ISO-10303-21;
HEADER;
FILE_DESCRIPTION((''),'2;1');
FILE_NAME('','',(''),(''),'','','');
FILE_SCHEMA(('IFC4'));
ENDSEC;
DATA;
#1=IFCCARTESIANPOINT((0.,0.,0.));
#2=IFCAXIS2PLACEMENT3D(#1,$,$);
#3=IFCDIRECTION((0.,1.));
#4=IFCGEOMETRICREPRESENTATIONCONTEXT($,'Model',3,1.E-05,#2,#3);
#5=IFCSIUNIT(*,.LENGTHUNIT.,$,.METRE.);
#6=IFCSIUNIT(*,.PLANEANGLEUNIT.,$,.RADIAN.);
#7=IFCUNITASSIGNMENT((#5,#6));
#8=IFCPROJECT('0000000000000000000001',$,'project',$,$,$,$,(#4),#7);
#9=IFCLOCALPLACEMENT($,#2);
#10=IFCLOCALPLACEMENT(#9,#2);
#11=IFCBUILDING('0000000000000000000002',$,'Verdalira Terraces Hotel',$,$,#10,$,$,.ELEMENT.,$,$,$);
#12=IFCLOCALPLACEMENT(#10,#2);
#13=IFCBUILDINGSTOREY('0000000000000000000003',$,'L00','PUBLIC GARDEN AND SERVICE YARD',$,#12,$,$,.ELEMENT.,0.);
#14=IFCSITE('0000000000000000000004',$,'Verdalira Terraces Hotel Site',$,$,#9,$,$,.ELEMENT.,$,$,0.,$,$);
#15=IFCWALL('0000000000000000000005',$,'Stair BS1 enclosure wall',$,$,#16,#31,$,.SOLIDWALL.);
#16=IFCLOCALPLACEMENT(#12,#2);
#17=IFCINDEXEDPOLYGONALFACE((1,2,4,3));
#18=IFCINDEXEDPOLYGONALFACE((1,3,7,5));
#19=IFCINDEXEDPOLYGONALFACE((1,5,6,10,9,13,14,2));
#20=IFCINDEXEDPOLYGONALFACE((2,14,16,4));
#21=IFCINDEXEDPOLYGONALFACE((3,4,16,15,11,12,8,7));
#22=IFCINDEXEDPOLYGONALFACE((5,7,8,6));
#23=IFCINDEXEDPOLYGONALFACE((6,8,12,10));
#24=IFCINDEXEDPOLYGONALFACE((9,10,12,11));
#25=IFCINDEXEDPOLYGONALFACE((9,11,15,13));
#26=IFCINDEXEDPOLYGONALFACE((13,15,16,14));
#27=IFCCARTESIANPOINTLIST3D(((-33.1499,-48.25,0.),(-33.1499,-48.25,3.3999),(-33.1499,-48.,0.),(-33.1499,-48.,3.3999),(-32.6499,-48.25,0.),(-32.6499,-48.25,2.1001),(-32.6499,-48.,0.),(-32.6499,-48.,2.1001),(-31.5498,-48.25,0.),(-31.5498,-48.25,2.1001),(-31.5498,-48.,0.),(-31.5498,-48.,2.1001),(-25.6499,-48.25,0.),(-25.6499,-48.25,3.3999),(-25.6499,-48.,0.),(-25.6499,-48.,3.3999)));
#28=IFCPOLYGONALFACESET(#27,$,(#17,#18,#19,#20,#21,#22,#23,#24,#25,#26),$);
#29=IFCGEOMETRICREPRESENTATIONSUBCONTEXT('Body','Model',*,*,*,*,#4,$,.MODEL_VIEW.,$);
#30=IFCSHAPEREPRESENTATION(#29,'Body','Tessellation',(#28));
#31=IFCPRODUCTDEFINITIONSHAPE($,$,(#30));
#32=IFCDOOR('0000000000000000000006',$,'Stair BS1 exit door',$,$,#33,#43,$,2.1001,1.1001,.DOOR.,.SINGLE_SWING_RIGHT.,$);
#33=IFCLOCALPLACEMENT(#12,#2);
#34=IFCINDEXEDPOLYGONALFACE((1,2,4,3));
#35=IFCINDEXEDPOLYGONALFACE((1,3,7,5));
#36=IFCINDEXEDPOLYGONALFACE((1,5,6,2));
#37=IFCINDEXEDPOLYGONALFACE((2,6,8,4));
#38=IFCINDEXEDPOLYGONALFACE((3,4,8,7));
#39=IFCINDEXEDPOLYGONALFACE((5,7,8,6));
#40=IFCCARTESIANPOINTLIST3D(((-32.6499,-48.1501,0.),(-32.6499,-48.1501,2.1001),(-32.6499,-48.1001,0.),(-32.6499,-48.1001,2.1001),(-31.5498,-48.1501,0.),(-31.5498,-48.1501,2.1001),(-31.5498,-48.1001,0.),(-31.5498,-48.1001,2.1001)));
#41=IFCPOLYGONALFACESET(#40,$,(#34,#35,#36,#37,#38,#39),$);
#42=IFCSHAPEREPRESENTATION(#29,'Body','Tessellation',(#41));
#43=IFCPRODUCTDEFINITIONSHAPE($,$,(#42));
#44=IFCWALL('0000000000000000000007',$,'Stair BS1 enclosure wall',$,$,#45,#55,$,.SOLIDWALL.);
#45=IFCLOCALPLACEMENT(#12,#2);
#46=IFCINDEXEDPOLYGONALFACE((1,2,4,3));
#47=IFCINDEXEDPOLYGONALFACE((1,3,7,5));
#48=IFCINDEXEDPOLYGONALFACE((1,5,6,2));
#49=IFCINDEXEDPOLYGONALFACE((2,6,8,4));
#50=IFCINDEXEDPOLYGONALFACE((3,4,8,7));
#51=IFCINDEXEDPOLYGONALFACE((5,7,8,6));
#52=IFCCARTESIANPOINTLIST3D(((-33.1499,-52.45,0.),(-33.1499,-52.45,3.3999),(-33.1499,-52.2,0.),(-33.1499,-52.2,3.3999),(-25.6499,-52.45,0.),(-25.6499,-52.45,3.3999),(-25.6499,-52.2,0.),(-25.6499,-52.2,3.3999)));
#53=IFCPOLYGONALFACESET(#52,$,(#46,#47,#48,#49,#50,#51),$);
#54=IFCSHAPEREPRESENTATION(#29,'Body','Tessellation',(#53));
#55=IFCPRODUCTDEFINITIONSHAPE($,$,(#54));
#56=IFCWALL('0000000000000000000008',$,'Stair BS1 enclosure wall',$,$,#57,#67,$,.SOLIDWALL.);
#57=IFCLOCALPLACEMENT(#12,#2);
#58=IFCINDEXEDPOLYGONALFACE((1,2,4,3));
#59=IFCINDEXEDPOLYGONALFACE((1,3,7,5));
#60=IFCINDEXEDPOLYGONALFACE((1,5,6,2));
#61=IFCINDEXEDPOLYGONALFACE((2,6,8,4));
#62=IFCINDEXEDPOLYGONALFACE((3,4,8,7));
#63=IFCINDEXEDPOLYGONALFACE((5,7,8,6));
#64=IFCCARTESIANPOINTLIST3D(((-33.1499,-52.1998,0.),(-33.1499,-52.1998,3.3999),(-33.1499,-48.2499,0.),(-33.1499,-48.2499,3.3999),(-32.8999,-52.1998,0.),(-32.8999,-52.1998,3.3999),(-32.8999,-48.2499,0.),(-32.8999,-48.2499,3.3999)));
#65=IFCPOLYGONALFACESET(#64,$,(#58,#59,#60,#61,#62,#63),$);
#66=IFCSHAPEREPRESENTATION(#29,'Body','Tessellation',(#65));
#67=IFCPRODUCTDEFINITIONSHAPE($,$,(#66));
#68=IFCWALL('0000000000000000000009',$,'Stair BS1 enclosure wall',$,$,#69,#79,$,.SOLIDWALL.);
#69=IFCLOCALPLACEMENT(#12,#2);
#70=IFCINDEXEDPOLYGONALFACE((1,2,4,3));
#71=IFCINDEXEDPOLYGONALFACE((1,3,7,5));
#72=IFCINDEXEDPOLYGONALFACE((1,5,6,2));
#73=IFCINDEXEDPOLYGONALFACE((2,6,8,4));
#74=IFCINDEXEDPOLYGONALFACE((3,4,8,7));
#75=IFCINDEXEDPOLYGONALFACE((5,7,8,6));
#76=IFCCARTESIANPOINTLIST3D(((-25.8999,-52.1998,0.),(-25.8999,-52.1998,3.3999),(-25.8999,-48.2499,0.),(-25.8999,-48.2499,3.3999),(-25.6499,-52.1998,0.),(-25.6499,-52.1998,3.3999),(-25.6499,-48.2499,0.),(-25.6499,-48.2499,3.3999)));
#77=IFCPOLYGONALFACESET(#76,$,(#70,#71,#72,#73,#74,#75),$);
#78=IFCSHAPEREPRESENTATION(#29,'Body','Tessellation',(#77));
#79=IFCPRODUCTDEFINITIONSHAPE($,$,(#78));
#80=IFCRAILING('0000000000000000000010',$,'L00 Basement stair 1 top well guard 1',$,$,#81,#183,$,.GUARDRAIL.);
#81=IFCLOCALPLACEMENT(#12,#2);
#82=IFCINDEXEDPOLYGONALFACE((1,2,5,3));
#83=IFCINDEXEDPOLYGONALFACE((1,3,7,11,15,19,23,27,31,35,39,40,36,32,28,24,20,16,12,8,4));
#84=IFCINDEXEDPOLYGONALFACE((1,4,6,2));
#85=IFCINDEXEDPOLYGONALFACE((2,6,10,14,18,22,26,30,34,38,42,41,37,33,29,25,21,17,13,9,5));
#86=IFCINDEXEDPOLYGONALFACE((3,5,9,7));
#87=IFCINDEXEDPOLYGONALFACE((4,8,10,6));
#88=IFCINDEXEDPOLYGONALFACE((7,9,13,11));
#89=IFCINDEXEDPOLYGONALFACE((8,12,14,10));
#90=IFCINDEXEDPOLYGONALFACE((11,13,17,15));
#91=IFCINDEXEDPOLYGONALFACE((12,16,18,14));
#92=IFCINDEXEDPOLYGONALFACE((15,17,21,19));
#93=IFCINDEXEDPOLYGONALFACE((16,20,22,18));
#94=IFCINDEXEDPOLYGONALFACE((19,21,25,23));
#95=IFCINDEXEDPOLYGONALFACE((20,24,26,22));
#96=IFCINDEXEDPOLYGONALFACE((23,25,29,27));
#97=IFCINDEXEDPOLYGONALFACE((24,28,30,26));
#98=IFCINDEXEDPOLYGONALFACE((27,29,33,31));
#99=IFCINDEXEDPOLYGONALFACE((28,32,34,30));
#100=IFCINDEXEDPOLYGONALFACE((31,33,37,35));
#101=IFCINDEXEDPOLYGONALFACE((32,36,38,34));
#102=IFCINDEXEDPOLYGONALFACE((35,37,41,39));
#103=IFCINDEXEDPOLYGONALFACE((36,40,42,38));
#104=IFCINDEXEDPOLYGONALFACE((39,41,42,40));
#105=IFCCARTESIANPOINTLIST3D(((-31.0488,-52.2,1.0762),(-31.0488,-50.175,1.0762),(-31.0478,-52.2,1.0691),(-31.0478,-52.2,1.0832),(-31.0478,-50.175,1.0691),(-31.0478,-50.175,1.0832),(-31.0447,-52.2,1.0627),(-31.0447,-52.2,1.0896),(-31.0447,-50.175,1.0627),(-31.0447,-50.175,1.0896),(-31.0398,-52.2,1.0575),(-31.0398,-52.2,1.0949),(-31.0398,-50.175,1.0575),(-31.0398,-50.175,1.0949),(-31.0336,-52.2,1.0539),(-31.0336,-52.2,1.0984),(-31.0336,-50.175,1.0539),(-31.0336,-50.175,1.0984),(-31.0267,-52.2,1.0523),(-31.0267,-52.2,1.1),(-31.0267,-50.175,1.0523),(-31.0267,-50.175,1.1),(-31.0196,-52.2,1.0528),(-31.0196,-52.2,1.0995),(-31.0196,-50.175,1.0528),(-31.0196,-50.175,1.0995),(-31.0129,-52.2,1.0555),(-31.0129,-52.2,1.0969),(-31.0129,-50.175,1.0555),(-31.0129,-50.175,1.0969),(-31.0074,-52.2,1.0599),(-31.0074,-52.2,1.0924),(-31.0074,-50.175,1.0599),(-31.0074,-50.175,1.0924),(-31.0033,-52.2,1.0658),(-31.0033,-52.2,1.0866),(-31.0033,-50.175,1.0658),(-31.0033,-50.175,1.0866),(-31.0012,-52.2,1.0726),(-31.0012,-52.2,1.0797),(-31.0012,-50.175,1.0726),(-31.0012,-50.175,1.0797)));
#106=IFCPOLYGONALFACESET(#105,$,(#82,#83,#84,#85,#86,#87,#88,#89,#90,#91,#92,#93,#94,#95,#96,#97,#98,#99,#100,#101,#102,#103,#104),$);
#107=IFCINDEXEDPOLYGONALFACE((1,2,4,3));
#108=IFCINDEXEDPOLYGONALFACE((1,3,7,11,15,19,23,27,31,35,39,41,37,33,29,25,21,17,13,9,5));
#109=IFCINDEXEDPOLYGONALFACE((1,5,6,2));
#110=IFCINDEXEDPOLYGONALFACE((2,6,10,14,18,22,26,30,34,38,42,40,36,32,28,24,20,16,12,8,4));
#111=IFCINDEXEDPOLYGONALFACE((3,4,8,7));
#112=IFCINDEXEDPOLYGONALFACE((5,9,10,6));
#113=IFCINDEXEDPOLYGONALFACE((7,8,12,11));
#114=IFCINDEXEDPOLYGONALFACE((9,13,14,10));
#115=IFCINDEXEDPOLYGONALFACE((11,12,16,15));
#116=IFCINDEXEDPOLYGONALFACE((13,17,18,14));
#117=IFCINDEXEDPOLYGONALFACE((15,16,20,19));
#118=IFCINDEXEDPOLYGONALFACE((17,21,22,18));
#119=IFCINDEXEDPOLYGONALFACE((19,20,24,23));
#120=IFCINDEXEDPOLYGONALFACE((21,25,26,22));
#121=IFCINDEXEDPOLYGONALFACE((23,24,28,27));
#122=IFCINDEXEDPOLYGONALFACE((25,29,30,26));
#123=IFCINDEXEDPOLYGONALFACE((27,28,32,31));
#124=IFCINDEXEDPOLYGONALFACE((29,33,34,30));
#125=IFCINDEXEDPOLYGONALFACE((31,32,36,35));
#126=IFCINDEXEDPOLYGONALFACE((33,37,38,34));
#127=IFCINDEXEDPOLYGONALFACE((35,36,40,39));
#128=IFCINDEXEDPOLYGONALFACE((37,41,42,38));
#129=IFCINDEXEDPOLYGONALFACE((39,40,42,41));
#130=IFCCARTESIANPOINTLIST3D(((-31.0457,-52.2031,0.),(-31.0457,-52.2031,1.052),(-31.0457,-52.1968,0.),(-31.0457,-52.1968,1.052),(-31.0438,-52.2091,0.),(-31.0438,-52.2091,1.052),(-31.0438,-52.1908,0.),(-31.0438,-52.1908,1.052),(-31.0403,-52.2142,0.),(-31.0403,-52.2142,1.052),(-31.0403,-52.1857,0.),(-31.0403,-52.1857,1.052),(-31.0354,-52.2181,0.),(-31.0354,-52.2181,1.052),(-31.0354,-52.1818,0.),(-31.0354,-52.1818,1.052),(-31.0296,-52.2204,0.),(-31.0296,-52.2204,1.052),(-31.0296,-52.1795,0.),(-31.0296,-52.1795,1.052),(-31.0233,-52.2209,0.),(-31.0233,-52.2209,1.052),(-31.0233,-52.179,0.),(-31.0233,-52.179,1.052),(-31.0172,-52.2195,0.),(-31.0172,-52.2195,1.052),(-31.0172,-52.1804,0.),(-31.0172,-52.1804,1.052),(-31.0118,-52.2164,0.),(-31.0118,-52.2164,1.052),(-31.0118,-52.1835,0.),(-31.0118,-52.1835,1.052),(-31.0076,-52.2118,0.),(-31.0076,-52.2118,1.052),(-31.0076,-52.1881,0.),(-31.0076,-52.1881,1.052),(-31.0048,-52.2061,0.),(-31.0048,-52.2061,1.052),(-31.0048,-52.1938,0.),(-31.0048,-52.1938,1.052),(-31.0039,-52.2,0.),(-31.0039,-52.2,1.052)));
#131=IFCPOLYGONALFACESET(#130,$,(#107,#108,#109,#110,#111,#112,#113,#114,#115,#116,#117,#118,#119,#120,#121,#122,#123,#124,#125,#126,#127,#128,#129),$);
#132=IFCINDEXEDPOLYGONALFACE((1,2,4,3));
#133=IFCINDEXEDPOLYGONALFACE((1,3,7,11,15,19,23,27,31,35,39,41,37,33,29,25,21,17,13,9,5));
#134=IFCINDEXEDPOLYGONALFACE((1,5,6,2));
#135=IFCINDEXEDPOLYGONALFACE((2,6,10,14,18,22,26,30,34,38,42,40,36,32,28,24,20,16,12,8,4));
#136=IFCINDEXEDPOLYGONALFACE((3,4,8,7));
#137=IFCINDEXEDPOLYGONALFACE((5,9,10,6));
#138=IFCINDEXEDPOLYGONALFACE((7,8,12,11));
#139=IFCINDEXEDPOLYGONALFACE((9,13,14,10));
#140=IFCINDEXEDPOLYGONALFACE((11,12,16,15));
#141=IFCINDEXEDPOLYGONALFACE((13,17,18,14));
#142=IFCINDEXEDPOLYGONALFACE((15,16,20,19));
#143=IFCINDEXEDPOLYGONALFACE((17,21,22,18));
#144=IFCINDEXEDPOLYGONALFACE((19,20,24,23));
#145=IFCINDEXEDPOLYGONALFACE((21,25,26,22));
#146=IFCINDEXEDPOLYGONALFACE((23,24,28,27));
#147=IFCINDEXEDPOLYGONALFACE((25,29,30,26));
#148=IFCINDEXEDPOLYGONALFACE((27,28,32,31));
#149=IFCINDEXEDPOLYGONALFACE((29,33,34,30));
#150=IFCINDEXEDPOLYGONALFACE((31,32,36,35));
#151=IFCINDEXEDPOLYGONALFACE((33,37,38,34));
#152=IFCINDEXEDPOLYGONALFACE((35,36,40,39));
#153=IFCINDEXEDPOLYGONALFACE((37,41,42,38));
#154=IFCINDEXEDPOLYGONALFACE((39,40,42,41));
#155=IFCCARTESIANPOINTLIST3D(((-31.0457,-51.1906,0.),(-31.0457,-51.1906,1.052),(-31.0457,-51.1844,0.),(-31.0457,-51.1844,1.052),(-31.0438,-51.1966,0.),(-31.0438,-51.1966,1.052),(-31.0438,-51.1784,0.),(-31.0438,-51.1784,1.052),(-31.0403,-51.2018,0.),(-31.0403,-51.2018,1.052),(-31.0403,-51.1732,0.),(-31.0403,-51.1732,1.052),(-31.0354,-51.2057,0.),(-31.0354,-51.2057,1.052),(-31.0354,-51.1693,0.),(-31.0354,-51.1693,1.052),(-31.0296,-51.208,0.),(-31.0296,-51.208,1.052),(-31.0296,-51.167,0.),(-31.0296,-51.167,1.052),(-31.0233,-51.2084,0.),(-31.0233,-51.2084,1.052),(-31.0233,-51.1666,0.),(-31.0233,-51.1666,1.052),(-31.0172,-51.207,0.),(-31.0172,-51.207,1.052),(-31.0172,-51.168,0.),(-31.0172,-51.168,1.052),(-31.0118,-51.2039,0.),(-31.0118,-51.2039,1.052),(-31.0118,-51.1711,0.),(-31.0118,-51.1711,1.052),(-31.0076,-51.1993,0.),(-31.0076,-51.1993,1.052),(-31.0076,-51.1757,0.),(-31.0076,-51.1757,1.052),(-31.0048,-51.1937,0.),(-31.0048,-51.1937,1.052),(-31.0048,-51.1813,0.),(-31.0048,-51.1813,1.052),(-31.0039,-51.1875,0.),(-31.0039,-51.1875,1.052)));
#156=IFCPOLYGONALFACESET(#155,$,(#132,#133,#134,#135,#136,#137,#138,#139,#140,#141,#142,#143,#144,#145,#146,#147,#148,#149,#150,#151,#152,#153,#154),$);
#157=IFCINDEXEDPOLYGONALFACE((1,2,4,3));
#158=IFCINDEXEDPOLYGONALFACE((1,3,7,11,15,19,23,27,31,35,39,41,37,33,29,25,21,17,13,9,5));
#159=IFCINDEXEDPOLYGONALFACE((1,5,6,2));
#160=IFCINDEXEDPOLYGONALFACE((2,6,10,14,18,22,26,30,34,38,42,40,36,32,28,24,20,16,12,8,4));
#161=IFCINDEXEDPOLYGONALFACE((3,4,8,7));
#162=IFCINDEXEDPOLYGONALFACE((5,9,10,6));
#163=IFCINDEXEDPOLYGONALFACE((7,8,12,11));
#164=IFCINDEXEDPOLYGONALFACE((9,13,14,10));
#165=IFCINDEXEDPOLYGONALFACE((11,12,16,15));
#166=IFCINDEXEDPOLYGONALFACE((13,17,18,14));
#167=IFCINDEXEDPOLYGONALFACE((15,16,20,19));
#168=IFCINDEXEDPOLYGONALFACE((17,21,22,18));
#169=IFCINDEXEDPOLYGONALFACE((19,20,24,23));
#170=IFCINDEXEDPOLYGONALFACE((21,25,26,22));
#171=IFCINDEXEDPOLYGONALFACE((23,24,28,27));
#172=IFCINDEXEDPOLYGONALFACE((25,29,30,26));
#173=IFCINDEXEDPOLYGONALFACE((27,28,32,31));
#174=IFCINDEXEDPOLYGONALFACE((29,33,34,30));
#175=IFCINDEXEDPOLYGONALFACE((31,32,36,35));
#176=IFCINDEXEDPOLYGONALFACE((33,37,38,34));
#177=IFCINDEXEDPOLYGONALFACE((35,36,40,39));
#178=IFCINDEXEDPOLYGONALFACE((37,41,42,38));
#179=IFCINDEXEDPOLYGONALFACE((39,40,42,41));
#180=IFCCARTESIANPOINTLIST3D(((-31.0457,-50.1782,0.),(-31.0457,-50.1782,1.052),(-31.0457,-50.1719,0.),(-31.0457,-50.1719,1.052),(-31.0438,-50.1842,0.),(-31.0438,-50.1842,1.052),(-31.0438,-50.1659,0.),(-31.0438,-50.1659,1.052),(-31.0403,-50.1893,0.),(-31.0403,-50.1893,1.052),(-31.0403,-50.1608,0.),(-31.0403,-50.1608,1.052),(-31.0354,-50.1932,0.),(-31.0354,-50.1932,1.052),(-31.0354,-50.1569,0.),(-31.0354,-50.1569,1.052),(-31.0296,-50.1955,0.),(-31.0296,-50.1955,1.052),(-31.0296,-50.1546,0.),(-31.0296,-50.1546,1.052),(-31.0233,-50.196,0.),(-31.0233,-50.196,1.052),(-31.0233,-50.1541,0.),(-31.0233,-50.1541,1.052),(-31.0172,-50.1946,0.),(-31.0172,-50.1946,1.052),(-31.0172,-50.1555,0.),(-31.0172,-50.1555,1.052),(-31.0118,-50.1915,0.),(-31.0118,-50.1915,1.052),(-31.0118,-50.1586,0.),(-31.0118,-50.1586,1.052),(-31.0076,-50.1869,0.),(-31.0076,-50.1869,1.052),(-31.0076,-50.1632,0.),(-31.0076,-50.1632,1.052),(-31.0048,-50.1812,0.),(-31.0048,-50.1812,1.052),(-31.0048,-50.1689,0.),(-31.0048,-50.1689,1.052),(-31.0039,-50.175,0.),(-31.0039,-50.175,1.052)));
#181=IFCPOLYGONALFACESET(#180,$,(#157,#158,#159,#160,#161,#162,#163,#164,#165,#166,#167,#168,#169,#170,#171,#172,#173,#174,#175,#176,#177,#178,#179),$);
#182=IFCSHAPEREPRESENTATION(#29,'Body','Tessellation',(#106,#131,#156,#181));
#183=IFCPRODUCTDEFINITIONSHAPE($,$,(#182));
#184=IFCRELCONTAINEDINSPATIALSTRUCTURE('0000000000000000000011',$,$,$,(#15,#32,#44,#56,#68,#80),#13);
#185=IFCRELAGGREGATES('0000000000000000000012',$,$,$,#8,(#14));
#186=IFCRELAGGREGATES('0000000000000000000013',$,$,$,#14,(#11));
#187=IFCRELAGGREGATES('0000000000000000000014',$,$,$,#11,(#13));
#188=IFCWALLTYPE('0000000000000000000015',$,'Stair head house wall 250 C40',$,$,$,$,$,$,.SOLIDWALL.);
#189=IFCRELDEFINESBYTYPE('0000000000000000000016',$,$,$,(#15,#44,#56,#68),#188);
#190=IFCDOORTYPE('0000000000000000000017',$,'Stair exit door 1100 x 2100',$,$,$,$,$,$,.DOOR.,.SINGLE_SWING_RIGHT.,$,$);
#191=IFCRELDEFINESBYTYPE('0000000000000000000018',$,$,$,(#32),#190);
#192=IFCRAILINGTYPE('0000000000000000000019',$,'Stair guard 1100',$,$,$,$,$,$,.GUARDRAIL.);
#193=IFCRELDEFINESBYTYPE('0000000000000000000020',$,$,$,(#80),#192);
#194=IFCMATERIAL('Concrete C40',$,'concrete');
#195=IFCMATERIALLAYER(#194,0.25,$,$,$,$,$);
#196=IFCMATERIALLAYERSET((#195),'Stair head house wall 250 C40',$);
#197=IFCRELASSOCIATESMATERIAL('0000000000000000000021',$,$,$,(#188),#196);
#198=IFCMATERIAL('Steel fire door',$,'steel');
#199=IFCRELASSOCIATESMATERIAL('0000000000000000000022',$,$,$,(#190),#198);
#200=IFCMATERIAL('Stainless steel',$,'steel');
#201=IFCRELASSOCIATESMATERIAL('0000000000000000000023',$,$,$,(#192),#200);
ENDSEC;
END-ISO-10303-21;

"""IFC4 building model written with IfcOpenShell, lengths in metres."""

from ifc_helpers import new_model, si_unit, direction, frame, frame_2d, origin, origin_2d, place, context, subcontext, project, spatial, rectangle, circle, extrude, material, layer, layer_set, type_object, element, fill, save


model = new_model("IFC4")

# Units and contexts
model_context = context("Model", 3, precision=1e-05, world=origin(), true_north=direction((0.0, 1.0)))
body_context = subcontext(model_context, "Body", "Model", "MODEL_VIEW")
ifc_project = project(units=[si_unit("LENGTHUNIT", "METRE"), si_unit("PLANEANGLEUNIT", "RADIAN")], contexts=[model_context])

# Site, building, storey
site_placement = place(None, origin())
site = spatial("IfcSite", under=ifc_project, at=site_placement, Name="Verdalira Terraces Hotel Site", CompositionType="ELEMENT", RefElevation=0.0)
building_placement = place(site_placement, origin())
building = spatial("IfcBuilding", under=site, at=building_placement, Name="Verdalira Terraces Hotel", CompositionType="ELEMENT")
storey_placement = place(building_placement, origin())
storey = spatial("IfcBuildingStorey", under=building, at=storey_placement, Name="L00", Description="PUBLIC GARDEN AND SERVICE YARD", CompositionType="ELEMENT", Elevation=0.0)

# Wall, opening, door
ifc_material_1 = material(Name="Concrete C40", Category="concrete")
ifc_layer_1 = layer(ifc_material_1, 0.25)
ifc_layer_set_1 = layer_set([ifc_layer_1], Name="Stair head house wall 250 C40")
wall_type_1 = type_object("IfcWallType", Name="Stair head house wall 250 C40", PredefinedType="SOLIDWALL", material=ifc_layer_set_1)
wall_1_placement = place(storey_placement, frame((-33.1499, -48.125, 0.0), z_axis=(0.0, 0.0, 1.0), x_axis=(1.0, 0.0, 0.0)))
wall_1 = element("IfcWall", 1, at=wall_1_placement, inside=storey, type_object=wall_type_1, Name="Stair BS1 enclosure wall", PredefinedType="SOLIDWALL", context=body_context, shape_type="SweptSolid", body=[
    extrude(rectangle(XDim=7.5, YDim=0.25, at=frame_2d((3.75, 0.0))), origin(), (0.0, 0.0, 1.0), 3.3999),
])
opening_placement = place(wall_1_placement, frame((0.5, 0.0, 0.0)))
opening = element("IfcOpeningElement", 2, at=opening_placement, cuts=wall_1, PredefinedType="OPENING", context=body_context, shape_type="SweptSolid", body=[
    extrude(rectangle(XDim=1.1001, YDim=2.1001, at=frame_2d((0.55, 1.05))), frame((0.0, 0.135, 0.0), z_axis=(0.0, -1.0, 0.0), x_axis=(1.0, 0.0, 0.0)), (0.0, 0.0, 1.0), 0.27),
])
ifc_material_2 = material(Name="Steel fire door", Category="steel")
door_type = type_object("IfcDoorType", Name="Stair exit door 1100 x 2100", OperationType="SINGLE_SWING_RIGHT", PredefinedType="DOOR", material=ifc_material_2)
door_placement = place(opening_placement, origin())
door = element("IfcDoor", 3, at=door_placement, inside=storey, type_object=door_type, Name="Stair BS1 exit door", OperationType="SINGLE_SWING_RIGHT", OverallHeight=2.1001, OverallWidth=1.1001, PredefinedType="DOOR", context=body_context, shape_type="SweptSolid", body=[
    extrude(rectangle(XDim=1.1001, YDim=2.1001, at=frame_2d((0.55, 1.05))), frame((0.0, 0.0249, 0.0), z_axis=(0.0, -1.0, 0.0), x_axis=(1.0, 0.0, 0.0)), (0.0, 0.0, 1.0), 0.05),
])
fill(opening, door)

# Walls
wall_2_placement = place(storey_placement, frame((-33.1499, -52.325, 0.0), z_axis=(0.0, 0.0, 1.0), x_axis=(1.0, 0.0, 0.0)))
element("IfcWall", 4, at=wall_2_placement, inside=storey, type_object=wall_type_1, Name="Stair BS1 enclosure wall", PredefinedType="SOLIDWALL", context=body_context, shape_type="SweptSolid", body=[
    extrude(rectangle(XDim=7.5, YDim=0.25, at=frame_2d((3.75, 0.0))), origin(), (0.0, 0.0, 1.0), 3.3999),
])
for number, where, z_axis, x_axis, name in (
    (5, (-33.0249, -52.2, 0.0), (0.0, 0.0, 1.0), (0.0, 1.0, 0.0), "Stair BS1 enclosure wall"),
    (6, (-25.7749, -52.2, 0.0), (0.0, 0.0, 1.0), (0.0, 1.0, 0.0), "Stair BS1 enclosure wall"),
):
    element("IfcWall", number, at=place(storey_placement, frame(where, z_axis=z_axis, x_axis=x_axis)), inside=storey, type_object=wall_type_1, Name=name, PredefinedType="SOLIDWALL", context=body_context, shape_type="SweptSolid", body=[
        extrude(rectangle(XDim=3.95, YDim=0.25, at=frame_2d((1.9751, 0.0))), origin(), (0.0, 0.0, 1.0), 3.3999),
    ])

# Railing
ifc_material_3 = material(Name="Stainless steel", Category="steel")
railing_type = type_object("IfcRailingType", Name="Stair guard 1100", PredefinedType="GUARDRAIL", material=ifc_material_3)
railing_placement = place(storey_placement, frame((-31.0249, -52.2, 0.0)))
element("IfcRailing", 7, at=railing_placement, inside=storey, type_object=railing_type, Name="L00 Basement stair 1 top well guard 1", PredefinedType="GUARDRAIL", context=body_context, shape_type="SweptSolid", body=[
    extrude(circle(Radius=0.0239, at=origin_2d()), frame((0.0, 0.0, 1.0762), z_axis=(0.0, 1.0, 0.0), x_axis=(-1.0, 0.0, 0.0)), (0.0, 0.0, 1.0), 2.0249),
    extrude(circle(Radius=0.021, at=origin_2d()), origin(), (0.0, 0.0, 1.0), 1.052),
    extrude(circle(Radius=0.021, at=origin_2d()), frame((0.0, 1.0125, 0.0)), (0.0, 0.0, 1.0), 1.052),
    extrude(circle(Radius=0.021, at=origin_2d()), frame((0.0, 2.0249, 0.0)), (0.0, 0.0, 1.0), 1.052),
])

save(model, "model.ifc")
